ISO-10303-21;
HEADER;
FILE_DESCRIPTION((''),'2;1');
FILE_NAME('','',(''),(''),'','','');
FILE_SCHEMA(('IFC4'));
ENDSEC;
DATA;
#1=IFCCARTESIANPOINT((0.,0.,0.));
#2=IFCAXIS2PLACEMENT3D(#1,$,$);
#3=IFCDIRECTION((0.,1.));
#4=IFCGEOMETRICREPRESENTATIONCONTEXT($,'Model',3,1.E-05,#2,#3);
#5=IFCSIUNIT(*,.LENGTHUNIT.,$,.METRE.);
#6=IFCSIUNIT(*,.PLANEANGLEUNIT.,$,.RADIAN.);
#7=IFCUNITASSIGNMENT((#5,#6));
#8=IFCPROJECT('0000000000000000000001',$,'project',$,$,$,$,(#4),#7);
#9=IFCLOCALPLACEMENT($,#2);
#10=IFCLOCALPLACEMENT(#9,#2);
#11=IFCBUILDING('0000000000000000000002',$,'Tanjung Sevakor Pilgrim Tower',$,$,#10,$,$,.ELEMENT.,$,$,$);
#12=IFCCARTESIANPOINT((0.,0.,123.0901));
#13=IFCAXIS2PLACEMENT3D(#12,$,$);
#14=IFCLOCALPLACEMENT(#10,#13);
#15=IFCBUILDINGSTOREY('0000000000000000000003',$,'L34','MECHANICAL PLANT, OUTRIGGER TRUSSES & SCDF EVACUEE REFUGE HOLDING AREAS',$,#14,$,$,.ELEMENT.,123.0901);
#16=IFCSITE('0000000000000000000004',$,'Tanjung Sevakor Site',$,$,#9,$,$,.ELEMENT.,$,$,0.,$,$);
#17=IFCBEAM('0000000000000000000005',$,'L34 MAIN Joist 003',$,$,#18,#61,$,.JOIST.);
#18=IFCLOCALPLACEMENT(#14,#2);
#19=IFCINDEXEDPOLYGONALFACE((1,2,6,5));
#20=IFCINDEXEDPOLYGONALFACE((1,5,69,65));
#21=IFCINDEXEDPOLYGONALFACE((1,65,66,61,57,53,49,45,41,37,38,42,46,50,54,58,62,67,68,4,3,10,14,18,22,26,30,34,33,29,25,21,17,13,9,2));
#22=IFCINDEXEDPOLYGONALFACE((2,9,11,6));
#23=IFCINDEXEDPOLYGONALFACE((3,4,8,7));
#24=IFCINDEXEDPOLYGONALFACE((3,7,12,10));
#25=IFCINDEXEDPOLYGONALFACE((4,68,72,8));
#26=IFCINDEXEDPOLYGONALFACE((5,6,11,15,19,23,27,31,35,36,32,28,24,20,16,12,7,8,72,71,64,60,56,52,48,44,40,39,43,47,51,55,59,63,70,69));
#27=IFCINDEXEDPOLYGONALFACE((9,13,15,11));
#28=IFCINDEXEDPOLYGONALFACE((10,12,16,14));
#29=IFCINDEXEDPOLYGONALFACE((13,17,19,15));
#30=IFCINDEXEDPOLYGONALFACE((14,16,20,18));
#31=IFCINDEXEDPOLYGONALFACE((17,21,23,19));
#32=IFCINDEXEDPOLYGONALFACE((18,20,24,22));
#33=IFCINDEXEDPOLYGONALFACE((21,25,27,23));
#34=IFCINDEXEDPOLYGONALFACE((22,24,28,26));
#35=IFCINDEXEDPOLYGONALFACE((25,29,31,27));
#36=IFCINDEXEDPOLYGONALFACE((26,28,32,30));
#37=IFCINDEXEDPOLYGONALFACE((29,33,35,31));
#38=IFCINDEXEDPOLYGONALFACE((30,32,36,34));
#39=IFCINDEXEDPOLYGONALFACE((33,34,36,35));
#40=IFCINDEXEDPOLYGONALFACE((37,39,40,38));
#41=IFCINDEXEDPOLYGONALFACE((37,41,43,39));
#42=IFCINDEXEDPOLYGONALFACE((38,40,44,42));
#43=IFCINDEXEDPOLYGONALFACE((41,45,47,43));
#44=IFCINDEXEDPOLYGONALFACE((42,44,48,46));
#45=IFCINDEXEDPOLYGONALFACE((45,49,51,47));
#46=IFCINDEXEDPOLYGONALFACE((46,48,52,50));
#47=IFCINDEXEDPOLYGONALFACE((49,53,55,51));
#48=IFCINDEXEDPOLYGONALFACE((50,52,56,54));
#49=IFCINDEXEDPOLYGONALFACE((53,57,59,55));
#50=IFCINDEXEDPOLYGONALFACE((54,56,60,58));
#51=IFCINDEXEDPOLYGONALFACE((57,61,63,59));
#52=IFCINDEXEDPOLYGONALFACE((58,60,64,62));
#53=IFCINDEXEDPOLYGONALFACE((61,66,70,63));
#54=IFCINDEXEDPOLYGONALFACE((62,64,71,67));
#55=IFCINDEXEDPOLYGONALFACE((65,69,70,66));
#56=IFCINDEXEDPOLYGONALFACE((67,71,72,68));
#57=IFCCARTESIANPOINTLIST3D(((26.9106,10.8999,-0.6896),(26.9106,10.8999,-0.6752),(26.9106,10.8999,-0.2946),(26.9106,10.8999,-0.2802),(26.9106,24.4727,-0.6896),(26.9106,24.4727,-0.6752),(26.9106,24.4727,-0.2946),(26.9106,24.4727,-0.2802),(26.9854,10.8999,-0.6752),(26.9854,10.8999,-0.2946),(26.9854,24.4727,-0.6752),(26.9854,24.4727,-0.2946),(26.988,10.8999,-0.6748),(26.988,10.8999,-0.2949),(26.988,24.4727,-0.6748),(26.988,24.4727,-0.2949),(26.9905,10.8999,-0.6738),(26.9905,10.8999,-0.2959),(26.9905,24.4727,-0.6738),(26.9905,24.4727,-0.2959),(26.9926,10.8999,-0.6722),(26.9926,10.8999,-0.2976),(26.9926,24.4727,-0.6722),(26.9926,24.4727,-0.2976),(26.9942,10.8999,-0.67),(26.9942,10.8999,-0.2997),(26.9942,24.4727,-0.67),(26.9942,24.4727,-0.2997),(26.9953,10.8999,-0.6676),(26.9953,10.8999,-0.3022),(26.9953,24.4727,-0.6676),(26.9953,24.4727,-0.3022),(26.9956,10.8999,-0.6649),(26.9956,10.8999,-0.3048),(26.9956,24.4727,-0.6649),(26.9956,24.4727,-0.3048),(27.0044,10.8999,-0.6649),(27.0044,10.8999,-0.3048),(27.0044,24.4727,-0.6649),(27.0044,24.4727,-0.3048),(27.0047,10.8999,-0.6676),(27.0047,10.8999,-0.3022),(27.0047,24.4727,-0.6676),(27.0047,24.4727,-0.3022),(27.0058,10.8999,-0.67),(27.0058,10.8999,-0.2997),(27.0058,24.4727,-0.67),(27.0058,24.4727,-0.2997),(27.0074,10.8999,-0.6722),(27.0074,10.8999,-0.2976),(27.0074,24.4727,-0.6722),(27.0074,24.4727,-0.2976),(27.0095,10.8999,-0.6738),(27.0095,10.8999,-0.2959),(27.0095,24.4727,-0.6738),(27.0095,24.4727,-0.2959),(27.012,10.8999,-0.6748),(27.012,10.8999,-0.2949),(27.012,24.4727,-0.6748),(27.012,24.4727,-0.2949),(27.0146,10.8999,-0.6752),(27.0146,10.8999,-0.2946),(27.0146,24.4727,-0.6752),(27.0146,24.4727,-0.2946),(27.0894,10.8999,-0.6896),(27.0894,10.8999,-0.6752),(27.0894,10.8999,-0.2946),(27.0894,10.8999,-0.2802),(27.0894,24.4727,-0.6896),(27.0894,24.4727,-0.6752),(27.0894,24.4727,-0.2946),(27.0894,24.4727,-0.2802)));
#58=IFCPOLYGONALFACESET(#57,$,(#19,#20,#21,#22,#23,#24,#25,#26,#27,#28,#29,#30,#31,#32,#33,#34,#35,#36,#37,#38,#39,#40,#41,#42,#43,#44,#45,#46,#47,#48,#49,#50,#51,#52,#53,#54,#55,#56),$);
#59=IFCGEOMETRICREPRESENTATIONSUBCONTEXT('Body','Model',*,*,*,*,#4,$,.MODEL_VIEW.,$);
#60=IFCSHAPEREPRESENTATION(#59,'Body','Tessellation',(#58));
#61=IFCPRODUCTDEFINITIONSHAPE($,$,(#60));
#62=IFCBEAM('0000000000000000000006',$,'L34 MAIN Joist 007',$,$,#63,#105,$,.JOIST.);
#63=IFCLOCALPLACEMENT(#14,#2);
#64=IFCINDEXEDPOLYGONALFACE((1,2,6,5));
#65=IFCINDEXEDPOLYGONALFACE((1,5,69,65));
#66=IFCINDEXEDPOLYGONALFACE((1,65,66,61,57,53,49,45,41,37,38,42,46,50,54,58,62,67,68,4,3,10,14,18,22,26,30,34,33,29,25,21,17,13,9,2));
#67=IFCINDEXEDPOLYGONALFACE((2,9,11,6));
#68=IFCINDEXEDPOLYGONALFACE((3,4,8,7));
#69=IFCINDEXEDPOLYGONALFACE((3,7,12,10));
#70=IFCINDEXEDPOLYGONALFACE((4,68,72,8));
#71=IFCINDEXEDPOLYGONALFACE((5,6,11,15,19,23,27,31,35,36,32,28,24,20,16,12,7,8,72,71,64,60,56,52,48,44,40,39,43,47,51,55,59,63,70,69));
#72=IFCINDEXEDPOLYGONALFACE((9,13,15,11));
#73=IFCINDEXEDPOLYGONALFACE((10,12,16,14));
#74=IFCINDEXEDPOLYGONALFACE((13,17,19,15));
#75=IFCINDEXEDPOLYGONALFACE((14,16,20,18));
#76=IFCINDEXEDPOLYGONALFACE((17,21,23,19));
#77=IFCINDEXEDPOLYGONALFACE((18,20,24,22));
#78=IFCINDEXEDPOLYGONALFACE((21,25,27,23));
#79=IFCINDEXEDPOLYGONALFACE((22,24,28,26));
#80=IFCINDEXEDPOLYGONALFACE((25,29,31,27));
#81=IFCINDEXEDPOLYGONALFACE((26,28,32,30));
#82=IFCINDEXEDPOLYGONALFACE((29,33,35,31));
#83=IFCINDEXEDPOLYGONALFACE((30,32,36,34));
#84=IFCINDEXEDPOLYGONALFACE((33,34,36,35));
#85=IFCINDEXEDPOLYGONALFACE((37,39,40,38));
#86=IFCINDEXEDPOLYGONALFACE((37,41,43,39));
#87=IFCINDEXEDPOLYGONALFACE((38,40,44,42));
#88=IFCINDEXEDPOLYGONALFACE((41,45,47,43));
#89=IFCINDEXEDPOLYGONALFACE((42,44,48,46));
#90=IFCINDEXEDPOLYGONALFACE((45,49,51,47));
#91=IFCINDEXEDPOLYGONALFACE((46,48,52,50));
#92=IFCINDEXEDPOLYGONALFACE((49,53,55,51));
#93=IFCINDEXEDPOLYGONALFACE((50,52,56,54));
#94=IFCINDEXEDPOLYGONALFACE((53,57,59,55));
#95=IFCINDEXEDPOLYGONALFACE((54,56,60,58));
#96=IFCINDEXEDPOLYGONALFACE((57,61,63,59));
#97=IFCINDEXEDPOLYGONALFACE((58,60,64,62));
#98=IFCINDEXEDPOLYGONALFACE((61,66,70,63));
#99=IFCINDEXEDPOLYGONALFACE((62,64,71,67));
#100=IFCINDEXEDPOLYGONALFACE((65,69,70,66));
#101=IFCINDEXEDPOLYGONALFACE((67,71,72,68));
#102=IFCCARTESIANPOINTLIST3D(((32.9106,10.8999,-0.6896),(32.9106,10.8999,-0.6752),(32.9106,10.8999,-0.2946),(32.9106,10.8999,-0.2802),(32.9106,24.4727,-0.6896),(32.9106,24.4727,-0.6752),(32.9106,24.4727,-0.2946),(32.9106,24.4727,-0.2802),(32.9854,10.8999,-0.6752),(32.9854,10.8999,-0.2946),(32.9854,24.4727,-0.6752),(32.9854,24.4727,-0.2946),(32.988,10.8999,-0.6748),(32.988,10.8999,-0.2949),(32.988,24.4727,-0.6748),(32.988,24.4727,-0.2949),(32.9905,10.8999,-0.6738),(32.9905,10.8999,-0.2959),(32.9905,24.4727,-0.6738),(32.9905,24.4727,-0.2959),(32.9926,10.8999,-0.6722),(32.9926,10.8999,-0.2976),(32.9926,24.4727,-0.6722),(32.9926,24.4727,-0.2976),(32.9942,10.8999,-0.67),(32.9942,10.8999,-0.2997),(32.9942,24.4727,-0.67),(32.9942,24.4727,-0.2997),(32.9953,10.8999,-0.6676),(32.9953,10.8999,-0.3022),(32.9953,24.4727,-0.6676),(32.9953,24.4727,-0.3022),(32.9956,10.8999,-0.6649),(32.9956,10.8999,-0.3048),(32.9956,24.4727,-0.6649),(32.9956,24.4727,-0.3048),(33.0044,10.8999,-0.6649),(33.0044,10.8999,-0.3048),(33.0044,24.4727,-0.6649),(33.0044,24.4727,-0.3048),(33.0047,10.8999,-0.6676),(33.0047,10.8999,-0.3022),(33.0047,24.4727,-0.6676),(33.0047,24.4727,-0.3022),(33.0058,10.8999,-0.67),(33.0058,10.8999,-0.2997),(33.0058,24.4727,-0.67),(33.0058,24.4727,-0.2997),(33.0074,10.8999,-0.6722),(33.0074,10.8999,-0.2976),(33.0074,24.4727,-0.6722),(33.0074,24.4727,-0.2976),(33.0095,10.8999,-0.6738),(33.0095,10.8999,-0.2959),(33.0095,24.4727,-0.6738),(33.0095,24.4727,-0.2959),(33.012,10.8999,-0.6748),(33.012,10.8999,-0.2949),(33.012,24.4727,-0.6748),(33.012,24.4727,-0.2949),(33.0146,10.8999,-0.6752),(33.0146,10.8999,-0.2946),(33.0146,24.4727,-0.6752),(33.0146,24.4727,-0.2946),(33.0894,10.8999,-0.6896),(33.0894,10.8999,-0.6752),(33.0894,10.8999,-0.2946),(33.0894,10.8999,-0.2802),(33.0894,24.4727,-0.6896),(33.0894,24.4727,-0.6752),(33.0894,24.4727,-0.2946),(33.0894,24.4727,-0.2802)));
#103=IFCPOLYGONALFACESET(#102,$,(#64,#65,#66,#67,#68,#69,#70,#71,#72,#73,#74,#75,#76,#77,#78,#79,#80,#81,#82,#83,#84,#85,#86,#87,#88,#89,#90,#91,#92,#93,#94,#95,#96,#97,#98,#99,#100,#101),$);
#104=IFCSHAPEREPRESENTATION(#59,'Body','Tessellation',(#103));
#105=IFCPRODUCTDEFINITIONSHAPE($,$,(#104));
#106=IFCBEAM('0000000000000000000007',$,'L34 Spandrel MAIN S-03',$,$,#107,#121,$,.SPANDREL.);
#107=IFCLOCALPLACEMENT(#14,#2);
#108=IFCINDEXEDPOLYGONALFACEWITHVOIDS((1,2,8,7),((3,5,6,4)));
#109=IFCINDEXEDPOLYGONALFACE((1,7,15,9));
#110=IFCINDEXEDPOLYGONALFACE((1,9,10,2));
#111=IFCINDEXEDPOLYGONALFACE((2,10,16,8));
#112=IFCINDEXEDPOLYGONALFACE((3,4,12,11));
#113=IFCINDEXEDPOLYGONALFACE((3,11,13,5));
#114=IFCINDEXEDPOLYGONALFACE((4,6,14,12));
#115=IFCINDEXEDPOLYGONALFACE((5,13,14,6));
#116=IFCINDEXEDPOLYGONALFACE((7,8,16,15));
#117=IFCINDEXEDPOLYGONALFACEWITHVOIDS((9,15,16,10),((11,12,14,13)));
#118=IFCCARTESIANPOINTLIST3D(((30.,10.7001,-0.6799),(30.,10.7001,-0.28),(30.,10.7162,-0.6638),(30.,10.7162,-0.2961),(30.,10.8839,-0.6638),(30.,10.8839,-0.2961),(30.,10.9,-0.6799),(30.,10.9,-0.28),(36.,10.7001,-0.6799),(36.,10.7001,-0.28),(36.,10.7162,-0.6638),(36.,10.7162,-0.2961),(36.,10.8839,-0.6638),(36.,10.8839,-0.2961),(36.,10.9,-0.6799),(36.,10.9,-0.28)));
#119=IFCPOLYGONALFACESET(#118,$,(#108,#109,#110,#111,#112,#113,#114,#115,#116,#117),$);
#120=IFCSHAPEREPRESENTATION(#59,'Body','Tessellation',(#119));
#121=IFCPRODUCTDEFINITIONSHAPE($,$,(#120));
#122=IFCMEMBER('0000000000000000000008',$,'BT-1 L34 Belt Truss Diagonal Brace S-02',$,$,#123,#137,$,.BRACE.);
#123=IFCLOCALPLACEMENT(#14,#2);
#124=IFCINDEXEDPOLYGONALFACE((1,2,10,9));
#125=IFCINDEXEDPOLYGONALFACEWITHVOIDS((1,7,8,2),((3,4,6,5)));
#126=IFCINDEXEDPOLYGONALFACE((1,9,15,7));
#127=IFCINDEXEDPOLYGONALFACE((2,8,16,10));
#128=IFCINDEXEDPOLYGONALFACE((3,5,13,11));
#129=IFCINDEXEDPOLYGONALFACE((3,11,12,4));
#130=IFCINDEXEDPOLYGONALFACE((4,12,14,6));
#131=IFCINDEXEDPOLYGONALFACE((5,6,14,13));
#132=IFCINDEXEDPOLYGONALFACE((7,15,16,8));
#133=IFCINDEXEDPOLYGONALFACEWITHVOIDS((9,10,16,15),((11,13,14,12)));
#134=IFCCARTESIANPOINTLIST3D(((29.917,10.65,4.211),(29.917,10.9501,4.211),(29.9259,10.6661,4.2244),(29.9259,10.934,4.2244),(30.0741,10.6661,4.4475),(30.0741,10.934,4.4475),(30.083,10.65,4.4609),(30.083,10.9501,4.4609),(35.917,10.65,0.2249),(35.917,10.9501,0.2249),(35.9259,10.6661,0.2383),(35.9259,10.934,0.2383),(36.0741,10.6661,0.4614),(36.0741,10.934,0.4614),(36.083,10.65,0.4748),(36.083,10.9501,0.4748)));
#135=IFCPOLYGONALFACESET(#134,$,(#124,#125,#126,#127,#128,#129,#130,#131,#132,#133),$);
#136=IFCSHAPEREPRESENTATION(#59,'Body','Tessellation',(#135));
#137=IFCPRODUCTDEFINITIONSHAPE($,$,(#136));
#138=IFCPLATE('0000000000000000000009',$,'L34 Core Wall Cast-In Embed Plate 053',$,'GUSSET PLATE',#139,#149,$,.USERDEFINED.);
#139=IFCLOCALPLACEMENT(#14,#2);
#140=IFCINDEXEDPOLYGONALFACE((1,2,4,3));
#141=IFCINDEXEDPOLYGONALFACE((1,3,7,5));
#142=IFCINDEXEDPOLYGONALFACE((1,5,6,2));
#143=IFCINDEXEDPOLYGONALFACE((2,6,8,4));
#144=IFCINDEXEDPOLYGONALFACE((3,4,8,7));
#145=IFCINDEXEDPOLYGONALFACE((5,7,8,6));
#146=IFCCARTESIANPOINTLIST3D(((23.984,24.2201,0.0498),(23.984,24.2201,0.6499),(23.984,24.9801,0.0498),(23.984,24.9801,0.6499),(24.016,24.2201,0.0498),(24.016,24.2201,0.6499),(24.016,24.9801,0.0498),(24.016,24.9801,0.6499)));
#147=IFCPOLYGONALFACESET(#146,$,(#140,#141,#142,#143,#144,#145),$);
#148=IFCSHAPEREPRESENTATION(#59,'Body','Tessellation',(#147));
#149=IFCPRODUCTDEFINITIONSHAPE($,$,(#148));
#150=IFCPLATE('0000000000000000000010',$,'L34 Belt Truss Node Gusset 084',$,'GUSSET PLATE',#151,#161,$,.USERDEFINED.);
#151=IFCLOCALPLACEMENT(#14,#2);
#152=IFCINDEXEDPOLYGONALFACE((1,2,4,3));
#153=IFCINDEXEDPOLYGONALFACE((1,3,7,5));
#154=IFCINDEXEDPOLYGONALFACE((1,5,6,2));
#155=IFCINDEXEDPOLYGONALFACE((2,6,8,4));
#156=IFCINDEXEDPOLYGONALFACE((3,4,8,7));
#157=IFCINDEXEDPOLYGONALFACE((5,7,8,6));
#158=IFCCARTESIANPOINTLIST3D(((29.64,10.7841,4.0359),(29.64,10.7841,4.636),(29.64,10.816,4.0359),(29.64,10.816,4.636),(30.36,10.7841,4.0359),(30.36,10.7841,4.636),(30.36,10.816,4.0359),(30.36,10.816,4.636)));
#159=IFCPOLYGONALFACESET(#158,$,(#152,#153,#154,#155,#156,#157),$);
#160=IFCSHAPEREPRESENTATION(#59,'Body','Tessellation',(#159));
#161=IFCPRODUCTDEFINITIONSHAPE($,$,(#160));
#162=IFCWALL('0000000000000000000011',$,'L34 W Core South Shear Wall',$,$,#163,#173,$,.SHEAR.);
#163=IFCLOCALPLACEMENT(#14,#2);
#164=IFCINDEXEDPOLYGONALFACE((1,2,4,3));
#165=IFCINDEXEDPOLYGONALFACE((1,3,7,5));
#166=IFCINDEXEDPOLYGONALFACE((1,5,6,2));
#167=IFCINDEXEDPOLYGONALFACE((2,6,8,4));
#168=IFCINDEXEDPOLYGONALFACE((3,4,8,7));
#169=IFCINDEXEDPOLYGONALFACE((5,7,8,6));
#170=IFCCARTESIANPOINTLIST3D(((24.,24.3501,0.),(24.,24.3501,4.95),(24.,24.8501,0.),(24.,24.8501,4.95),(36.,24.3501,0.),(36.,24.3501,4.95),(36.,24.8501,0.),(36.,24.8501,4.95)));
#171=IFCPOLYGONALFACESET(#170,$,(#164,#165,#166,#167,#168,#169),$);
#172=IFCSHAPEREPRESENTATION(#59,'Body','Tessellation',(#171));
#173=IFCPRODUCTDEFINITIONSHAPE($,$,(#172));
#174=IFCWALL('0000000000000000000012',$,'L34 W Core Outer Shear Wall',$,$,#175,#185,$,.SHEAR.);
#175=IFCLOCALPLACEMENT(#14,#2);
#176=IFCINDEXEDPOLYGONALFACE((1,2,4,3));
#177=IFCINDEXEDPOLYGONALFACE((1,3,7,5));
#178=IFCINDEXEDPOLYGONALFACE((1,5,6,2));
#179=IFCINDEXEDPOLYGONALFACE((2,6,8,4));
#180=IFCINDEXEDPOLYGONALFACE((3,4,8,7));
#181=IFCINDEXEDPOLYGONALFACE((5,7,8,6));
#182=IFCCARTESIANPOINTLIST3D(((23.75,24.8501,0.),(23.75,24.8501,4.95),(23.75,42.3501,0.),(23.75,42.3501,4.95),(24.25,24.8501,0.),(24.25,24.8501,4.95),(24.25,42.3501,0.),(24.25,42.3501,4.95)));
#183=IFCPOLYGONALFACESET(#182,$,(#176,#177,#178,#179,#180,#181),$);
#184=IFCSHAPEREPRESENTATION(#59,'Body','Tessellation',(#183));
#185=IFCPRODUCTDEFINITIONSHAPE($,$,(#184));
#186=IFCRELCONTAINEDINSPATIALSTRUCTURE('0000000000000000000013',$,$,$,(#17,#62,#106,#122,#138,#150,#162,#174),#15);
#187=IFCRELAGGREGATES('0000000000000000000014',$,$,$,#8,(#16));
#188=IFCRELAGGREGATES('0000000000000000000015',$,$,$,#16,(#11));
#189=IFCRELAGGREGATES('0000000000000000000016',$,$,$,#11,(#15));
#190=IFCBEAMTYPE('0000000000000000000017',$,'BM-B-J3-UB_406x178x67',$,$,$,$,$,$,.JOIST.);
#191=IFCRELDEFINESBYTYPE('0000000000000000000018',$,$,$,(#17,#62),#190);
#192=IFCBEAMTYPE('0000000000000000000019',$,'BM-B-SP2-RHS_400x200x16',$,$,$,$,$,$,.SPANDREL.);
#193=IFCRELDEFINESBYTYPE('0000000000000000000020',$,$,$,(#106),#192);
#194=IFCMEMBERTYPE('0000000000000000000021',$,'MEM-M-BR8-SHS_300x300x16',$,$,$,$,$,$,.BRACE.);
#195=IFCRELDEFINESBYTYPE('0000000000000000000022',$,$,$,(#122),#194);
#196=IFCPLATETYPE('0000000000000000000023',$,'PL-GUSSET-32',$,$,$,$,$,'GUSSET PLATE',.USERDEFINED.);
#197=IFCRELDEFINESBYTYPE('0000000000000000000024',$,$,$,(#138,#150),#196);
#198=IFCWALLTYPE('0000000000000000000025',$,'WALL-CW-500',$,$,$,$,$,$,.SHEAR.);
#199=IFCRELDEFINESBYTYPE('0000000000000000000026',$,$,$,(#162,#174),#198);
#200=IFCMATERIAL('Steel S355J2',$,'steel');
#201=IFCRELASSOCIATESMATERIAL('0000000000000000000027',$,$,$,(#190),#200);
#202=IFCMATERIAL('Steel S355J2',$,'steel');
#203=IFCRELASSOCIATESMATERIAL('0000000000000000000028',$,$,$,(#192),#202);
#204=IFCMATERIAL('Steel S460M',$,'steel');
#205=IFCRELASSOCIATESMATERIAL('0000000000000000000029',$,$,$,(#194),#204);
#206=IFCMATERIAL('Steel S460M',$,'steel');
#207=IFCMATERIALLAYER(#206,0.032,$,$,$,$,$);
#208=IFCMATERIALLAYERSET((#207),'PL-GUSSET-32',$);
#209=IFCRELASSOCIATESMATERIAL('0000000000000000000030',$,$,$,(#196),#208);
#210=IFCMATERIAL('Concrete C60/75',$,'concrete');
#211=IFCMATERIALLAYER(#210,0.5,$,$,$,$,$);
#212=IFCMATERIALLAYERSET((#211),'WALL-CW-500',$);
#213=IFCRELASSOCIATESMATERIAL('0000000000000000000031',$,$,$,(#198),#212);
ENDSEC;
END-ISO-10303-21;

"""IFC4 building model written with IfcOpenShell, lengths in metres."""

from ifc_helpers import new_model, si_unit, direction, frame, frame_2d, origin, origin_2d, place, context, subcontext, project, spatial, rectangle, hollow_rectangle, i_section, extrude, material, layer, layer_set, material_profile, profile_set, type_object, element, save


model = new_model("IFC4")

# Units and contexts
model_context = context("Model", 3, precision=1e-05, world=origin(), true_north=direction((0.0, 1.0)))
body_context = subcontext(model_context, "Body", "Model", "MODEL_VIEW")
ifc_project = project(units=[si_unit("LENGTHUNIT", "METRE"), si_unit("PLANEANGLEUNIT", "RADIAN")], contexts=[model_context])

# Site, building, storey
site_placement = place(None, origin())
site = spatial("IfcSite", under=ifc_project, at=site_placement, Name="Tanjung Sevakor Site", CompositionType="ELEMENT", RefElevation=0.0)
building_placement = place(site_placement, origin())
building = spatial("IfcBuilding", under=site, at=building_placement, Name="Tanjung Sevakor Pilgrim Tower", CompositionType="ELEMENT")
storey_placement = place(building_placement, frame((0.0, 0.0, 123.0901)))
storey = spatial("IfcBuildingStorey", under=building, at=storey_placement, Name="L34", Description="MECHANICAL PLANT, OUTRIGGER TRUSSES & SCDF EVACUEE REFUGE HOLDING AREAS", CompositionType="ELEMENT", Elevation=123.0901)

# Beams
ifc_material_1 = material(Name="Steel S355J2", Category="steel")
ifc_material_profile_1 = material_profile(ifc_material_1, i_section(OverallWidth=0.1787, OverallDepth=0.4094, WebThickness=0.0088, FlangeThickness=0.0144, FilletRadius=0.0103, at=origin_2d()))
ifc_profile_set_1 = profile_set([ifc_material_profile_1], Name="Steel S355J2")
beam_type_1 = type_object("IfcBeamType", Name="BM-B-J3-UB_406x178x67", PredefinedType="JOIST", material=ifc_profile_set_1)
for number, where, z_axis, x_axis, name in (
    (1, (27.0, 10.8999, -0.4849), (0.0, 1.0, 0.0), (-1.0, 0.0, 0.0), "L34 MAIN Joist 003"),
    (2, (33.0, 10.8999, -0.4849), (0.0, 1.0, 0.0), (-1.0, 0.0, 0.0), "L34 MAIN Joist 007"),
):
    element("IfcBeam", number, at=place(storey_placement, frame(where, z_axis=z_axis, x_axis=x_axis)), inside=storey, type_object=beam_type_1, Name=name, PredefinedType="JOIST", context=body_context, shape_type="SweptSolid", body=[
        extrude(i_section(OverallWidth=0.1787, OverallDepth=0.4094, WebThickness=0.0088, FlangeThickness=0.0144, FilletRadius=0.0103, at=origin_2d()), origin(), (0.0, 0.0, 1.0), 13.5728),
    ])
ifc_material_2 = material(Name="Steel S355J2", Category="steel")
ifc_material_profile_2 = material_profile(ifc_material_2, hollow_rectangle(XDim=0.2, YDim=0.3999, WallThickness=0.0161, at=origin_2d()))
ifc_profile_set_2 = profile_set([ifc_material_profile_2], Name="Steel S355J2")
beam_type_2 = type_object("IfcBeamType", Name="BM-B-SP2-RHS_400x200x16", PredefinedType="SPANDREL", material=ifc_profile_set_2)
beam_1_placement = place(storey_placement, frame((30.0, 10.8, -0.48), z_axis=(1.0, 0.0, 0.0), x_axis=(0.0, 1.0, 0.0)))
element("IfcBeam", 3, at=beam_1_placement, inside=storey, type_object=beam_type_2, Name="L34 Spandrel MAIN S-03", PredefinedType="SPANDREL", context=body_context, shape_type="SweptSolid", body=[
    extrude(hollow_rectangle(XDim=0.2, YDim=0.3999, WallThickness=0.0161, at=origin_2d()), origin(), (0.0, 0.0, 1.0), 6.0),
])

# Member
ifc_material_3 = material(Name="Steel S460M", Category="steel")
ifc_material_profile_3 = material_profile(ifc_material_3, hollow_rectangle(XDim=0.3, YDim=0.3, WallThickness=0.0161, at=origin_2d()))
ifc_profile_set_3 = profile_set([ifc_material_profile_3], Name="Steel S460M")
member_type = type_object("IfcMemberType", Name="MEM-M-BR8-SHS_300x300x16", PredefinedType="BRACE", material=ifc_profile_set_3)
member_placement = place(storey_placement, frame((30.0, 10.8, 4.3359), z_axis=(0.832941, 0.0, -0.553362), x_axis=(0.0, 1.0, 0.0)))
element("IfcMember", 4, at=member_placement, inside=storey, type_object=member_type, Name="BT-1 L34 Belt Truss Diagonal Brace S-02", PredefinedType="BRACE", context=body_context, shape_type="SweptSolid", body=[
    extrude(hollow_rectangle(XDim=0.3, YDim=0.3, WallThickness=0.0161, at=origin_2d()), origin(), (0.0, 0.0, 1.0), 7.2034),
])

# Plates
ifc_material_4 = material(Name="Steel S460M", Category="steel")
ifc_layer_1 = layer(ifc_material_4, 0.032)
ifc_layer_set_1 = layer_set([ifc_layer_1], Name="PL-GUSSET-32")
plate_type = type_object("IfcPlateType", Name="PL-GUSSET-32", ElementType="GUSSET PLATE", PredefinedType="USERDEFINED", material=ifc_layer_set_1)
plate_1_placement = place(storey_placement, frame((24.0, 24.6001, 0.0498), z_axis=(0.0, 0.0, 1.0), x_axis=(1.0, 0.0, 0.0)))
element("IfcPlate", 5, at=plate_1_placement, inside=storey, type_object=plate_type, Name="L34 Core Wall Cast-In Embed Plate 053", ObjectType="GUSSET PLATE", PredefinedType="USERDEFINED", context=body_context, shape_type="SweptSolid", body=[
    extrude(rectangle(XDim=0.032, YDim=0.76, at=origin_2d()), origin(), (0.0, 0.0, 1.0), 0.6001),
])
plate_2_placement = place(storey_placement, frame((30.0, 10.8, 4.0359), z_axis=(0.0, 0.0, 1.0), x_axis=(1.0, 0.0, 0.0)))
element("IfcPlate", 6, at=plate_2_placement, inside=storey, type_object=plate_type, Name="L34 Belt Truss Node Gusset 084", ObjectType="GUSSET PLATE", PredefinedType="USERDEFINED", context=body_context, shape_type="SweptSolid", body=[
    extrude(rectangle(XDim=0.72, YDim=0.032, at=origin_2d()), origin(), (0.0, 0.0, 1.0), 0.6001),
])

# Walls
ifc_material_5 = material(Name="Concrete C60/75", Category="concrete")
ifc_layer_2 = layer(ifc_material_5, 0.5)
ifc_layer_set_2 = layer_set([ifc_layer_2], Name="WALL-CW-500")
wall_type = type_object("IfcWallType", Name="WALL-CW-500", PredefinedType="SHEAR", material=ifc_layer_set_2)
wall_1_placement = place(storey_placement, frame((24.0, 24.6001, 0.0), z_axis=(0.0, 0.0, 1.0), x_axis=(1.0, 0.0, 0.0)))
element("IfcWall", 7, at=wall_1_placement, inside=storey, type_object=wall_type, Name="L34 W Core South Shear Wall", PredefinedType="SHEAR", context=body_context, shape_type="SweptSolid", body=[
    extrude(rectangle(XDim=12.0, YDim=0.5, at=frame_2d((6.0, 0.0))), origin(), (0.0, 0.0, 1.0), 4.95),
])
wall_2_placement = place(storey_placement, frame((24.0, 24.8501, 0.0), z_axis=(0.0, 0.0, 1.0), x_axis=(0.0, 1.0, 0.0)))
element("IfcWall", 8, at=wall_2_placement, inside=storey, type_object=wall_type, Name="L34 W Core Outer Shear Wall", PredefinedType="SHEAR", context=body_context, shape_type="SweptSolid", body=[
    extrude(rectangle(XDim=17.5, YDim=0.5, at=frame_2d((8.75, 0.0))), origin(), (0.0, 0.0, 1.0), 4.95),
])

save(model, "model.ifc")
